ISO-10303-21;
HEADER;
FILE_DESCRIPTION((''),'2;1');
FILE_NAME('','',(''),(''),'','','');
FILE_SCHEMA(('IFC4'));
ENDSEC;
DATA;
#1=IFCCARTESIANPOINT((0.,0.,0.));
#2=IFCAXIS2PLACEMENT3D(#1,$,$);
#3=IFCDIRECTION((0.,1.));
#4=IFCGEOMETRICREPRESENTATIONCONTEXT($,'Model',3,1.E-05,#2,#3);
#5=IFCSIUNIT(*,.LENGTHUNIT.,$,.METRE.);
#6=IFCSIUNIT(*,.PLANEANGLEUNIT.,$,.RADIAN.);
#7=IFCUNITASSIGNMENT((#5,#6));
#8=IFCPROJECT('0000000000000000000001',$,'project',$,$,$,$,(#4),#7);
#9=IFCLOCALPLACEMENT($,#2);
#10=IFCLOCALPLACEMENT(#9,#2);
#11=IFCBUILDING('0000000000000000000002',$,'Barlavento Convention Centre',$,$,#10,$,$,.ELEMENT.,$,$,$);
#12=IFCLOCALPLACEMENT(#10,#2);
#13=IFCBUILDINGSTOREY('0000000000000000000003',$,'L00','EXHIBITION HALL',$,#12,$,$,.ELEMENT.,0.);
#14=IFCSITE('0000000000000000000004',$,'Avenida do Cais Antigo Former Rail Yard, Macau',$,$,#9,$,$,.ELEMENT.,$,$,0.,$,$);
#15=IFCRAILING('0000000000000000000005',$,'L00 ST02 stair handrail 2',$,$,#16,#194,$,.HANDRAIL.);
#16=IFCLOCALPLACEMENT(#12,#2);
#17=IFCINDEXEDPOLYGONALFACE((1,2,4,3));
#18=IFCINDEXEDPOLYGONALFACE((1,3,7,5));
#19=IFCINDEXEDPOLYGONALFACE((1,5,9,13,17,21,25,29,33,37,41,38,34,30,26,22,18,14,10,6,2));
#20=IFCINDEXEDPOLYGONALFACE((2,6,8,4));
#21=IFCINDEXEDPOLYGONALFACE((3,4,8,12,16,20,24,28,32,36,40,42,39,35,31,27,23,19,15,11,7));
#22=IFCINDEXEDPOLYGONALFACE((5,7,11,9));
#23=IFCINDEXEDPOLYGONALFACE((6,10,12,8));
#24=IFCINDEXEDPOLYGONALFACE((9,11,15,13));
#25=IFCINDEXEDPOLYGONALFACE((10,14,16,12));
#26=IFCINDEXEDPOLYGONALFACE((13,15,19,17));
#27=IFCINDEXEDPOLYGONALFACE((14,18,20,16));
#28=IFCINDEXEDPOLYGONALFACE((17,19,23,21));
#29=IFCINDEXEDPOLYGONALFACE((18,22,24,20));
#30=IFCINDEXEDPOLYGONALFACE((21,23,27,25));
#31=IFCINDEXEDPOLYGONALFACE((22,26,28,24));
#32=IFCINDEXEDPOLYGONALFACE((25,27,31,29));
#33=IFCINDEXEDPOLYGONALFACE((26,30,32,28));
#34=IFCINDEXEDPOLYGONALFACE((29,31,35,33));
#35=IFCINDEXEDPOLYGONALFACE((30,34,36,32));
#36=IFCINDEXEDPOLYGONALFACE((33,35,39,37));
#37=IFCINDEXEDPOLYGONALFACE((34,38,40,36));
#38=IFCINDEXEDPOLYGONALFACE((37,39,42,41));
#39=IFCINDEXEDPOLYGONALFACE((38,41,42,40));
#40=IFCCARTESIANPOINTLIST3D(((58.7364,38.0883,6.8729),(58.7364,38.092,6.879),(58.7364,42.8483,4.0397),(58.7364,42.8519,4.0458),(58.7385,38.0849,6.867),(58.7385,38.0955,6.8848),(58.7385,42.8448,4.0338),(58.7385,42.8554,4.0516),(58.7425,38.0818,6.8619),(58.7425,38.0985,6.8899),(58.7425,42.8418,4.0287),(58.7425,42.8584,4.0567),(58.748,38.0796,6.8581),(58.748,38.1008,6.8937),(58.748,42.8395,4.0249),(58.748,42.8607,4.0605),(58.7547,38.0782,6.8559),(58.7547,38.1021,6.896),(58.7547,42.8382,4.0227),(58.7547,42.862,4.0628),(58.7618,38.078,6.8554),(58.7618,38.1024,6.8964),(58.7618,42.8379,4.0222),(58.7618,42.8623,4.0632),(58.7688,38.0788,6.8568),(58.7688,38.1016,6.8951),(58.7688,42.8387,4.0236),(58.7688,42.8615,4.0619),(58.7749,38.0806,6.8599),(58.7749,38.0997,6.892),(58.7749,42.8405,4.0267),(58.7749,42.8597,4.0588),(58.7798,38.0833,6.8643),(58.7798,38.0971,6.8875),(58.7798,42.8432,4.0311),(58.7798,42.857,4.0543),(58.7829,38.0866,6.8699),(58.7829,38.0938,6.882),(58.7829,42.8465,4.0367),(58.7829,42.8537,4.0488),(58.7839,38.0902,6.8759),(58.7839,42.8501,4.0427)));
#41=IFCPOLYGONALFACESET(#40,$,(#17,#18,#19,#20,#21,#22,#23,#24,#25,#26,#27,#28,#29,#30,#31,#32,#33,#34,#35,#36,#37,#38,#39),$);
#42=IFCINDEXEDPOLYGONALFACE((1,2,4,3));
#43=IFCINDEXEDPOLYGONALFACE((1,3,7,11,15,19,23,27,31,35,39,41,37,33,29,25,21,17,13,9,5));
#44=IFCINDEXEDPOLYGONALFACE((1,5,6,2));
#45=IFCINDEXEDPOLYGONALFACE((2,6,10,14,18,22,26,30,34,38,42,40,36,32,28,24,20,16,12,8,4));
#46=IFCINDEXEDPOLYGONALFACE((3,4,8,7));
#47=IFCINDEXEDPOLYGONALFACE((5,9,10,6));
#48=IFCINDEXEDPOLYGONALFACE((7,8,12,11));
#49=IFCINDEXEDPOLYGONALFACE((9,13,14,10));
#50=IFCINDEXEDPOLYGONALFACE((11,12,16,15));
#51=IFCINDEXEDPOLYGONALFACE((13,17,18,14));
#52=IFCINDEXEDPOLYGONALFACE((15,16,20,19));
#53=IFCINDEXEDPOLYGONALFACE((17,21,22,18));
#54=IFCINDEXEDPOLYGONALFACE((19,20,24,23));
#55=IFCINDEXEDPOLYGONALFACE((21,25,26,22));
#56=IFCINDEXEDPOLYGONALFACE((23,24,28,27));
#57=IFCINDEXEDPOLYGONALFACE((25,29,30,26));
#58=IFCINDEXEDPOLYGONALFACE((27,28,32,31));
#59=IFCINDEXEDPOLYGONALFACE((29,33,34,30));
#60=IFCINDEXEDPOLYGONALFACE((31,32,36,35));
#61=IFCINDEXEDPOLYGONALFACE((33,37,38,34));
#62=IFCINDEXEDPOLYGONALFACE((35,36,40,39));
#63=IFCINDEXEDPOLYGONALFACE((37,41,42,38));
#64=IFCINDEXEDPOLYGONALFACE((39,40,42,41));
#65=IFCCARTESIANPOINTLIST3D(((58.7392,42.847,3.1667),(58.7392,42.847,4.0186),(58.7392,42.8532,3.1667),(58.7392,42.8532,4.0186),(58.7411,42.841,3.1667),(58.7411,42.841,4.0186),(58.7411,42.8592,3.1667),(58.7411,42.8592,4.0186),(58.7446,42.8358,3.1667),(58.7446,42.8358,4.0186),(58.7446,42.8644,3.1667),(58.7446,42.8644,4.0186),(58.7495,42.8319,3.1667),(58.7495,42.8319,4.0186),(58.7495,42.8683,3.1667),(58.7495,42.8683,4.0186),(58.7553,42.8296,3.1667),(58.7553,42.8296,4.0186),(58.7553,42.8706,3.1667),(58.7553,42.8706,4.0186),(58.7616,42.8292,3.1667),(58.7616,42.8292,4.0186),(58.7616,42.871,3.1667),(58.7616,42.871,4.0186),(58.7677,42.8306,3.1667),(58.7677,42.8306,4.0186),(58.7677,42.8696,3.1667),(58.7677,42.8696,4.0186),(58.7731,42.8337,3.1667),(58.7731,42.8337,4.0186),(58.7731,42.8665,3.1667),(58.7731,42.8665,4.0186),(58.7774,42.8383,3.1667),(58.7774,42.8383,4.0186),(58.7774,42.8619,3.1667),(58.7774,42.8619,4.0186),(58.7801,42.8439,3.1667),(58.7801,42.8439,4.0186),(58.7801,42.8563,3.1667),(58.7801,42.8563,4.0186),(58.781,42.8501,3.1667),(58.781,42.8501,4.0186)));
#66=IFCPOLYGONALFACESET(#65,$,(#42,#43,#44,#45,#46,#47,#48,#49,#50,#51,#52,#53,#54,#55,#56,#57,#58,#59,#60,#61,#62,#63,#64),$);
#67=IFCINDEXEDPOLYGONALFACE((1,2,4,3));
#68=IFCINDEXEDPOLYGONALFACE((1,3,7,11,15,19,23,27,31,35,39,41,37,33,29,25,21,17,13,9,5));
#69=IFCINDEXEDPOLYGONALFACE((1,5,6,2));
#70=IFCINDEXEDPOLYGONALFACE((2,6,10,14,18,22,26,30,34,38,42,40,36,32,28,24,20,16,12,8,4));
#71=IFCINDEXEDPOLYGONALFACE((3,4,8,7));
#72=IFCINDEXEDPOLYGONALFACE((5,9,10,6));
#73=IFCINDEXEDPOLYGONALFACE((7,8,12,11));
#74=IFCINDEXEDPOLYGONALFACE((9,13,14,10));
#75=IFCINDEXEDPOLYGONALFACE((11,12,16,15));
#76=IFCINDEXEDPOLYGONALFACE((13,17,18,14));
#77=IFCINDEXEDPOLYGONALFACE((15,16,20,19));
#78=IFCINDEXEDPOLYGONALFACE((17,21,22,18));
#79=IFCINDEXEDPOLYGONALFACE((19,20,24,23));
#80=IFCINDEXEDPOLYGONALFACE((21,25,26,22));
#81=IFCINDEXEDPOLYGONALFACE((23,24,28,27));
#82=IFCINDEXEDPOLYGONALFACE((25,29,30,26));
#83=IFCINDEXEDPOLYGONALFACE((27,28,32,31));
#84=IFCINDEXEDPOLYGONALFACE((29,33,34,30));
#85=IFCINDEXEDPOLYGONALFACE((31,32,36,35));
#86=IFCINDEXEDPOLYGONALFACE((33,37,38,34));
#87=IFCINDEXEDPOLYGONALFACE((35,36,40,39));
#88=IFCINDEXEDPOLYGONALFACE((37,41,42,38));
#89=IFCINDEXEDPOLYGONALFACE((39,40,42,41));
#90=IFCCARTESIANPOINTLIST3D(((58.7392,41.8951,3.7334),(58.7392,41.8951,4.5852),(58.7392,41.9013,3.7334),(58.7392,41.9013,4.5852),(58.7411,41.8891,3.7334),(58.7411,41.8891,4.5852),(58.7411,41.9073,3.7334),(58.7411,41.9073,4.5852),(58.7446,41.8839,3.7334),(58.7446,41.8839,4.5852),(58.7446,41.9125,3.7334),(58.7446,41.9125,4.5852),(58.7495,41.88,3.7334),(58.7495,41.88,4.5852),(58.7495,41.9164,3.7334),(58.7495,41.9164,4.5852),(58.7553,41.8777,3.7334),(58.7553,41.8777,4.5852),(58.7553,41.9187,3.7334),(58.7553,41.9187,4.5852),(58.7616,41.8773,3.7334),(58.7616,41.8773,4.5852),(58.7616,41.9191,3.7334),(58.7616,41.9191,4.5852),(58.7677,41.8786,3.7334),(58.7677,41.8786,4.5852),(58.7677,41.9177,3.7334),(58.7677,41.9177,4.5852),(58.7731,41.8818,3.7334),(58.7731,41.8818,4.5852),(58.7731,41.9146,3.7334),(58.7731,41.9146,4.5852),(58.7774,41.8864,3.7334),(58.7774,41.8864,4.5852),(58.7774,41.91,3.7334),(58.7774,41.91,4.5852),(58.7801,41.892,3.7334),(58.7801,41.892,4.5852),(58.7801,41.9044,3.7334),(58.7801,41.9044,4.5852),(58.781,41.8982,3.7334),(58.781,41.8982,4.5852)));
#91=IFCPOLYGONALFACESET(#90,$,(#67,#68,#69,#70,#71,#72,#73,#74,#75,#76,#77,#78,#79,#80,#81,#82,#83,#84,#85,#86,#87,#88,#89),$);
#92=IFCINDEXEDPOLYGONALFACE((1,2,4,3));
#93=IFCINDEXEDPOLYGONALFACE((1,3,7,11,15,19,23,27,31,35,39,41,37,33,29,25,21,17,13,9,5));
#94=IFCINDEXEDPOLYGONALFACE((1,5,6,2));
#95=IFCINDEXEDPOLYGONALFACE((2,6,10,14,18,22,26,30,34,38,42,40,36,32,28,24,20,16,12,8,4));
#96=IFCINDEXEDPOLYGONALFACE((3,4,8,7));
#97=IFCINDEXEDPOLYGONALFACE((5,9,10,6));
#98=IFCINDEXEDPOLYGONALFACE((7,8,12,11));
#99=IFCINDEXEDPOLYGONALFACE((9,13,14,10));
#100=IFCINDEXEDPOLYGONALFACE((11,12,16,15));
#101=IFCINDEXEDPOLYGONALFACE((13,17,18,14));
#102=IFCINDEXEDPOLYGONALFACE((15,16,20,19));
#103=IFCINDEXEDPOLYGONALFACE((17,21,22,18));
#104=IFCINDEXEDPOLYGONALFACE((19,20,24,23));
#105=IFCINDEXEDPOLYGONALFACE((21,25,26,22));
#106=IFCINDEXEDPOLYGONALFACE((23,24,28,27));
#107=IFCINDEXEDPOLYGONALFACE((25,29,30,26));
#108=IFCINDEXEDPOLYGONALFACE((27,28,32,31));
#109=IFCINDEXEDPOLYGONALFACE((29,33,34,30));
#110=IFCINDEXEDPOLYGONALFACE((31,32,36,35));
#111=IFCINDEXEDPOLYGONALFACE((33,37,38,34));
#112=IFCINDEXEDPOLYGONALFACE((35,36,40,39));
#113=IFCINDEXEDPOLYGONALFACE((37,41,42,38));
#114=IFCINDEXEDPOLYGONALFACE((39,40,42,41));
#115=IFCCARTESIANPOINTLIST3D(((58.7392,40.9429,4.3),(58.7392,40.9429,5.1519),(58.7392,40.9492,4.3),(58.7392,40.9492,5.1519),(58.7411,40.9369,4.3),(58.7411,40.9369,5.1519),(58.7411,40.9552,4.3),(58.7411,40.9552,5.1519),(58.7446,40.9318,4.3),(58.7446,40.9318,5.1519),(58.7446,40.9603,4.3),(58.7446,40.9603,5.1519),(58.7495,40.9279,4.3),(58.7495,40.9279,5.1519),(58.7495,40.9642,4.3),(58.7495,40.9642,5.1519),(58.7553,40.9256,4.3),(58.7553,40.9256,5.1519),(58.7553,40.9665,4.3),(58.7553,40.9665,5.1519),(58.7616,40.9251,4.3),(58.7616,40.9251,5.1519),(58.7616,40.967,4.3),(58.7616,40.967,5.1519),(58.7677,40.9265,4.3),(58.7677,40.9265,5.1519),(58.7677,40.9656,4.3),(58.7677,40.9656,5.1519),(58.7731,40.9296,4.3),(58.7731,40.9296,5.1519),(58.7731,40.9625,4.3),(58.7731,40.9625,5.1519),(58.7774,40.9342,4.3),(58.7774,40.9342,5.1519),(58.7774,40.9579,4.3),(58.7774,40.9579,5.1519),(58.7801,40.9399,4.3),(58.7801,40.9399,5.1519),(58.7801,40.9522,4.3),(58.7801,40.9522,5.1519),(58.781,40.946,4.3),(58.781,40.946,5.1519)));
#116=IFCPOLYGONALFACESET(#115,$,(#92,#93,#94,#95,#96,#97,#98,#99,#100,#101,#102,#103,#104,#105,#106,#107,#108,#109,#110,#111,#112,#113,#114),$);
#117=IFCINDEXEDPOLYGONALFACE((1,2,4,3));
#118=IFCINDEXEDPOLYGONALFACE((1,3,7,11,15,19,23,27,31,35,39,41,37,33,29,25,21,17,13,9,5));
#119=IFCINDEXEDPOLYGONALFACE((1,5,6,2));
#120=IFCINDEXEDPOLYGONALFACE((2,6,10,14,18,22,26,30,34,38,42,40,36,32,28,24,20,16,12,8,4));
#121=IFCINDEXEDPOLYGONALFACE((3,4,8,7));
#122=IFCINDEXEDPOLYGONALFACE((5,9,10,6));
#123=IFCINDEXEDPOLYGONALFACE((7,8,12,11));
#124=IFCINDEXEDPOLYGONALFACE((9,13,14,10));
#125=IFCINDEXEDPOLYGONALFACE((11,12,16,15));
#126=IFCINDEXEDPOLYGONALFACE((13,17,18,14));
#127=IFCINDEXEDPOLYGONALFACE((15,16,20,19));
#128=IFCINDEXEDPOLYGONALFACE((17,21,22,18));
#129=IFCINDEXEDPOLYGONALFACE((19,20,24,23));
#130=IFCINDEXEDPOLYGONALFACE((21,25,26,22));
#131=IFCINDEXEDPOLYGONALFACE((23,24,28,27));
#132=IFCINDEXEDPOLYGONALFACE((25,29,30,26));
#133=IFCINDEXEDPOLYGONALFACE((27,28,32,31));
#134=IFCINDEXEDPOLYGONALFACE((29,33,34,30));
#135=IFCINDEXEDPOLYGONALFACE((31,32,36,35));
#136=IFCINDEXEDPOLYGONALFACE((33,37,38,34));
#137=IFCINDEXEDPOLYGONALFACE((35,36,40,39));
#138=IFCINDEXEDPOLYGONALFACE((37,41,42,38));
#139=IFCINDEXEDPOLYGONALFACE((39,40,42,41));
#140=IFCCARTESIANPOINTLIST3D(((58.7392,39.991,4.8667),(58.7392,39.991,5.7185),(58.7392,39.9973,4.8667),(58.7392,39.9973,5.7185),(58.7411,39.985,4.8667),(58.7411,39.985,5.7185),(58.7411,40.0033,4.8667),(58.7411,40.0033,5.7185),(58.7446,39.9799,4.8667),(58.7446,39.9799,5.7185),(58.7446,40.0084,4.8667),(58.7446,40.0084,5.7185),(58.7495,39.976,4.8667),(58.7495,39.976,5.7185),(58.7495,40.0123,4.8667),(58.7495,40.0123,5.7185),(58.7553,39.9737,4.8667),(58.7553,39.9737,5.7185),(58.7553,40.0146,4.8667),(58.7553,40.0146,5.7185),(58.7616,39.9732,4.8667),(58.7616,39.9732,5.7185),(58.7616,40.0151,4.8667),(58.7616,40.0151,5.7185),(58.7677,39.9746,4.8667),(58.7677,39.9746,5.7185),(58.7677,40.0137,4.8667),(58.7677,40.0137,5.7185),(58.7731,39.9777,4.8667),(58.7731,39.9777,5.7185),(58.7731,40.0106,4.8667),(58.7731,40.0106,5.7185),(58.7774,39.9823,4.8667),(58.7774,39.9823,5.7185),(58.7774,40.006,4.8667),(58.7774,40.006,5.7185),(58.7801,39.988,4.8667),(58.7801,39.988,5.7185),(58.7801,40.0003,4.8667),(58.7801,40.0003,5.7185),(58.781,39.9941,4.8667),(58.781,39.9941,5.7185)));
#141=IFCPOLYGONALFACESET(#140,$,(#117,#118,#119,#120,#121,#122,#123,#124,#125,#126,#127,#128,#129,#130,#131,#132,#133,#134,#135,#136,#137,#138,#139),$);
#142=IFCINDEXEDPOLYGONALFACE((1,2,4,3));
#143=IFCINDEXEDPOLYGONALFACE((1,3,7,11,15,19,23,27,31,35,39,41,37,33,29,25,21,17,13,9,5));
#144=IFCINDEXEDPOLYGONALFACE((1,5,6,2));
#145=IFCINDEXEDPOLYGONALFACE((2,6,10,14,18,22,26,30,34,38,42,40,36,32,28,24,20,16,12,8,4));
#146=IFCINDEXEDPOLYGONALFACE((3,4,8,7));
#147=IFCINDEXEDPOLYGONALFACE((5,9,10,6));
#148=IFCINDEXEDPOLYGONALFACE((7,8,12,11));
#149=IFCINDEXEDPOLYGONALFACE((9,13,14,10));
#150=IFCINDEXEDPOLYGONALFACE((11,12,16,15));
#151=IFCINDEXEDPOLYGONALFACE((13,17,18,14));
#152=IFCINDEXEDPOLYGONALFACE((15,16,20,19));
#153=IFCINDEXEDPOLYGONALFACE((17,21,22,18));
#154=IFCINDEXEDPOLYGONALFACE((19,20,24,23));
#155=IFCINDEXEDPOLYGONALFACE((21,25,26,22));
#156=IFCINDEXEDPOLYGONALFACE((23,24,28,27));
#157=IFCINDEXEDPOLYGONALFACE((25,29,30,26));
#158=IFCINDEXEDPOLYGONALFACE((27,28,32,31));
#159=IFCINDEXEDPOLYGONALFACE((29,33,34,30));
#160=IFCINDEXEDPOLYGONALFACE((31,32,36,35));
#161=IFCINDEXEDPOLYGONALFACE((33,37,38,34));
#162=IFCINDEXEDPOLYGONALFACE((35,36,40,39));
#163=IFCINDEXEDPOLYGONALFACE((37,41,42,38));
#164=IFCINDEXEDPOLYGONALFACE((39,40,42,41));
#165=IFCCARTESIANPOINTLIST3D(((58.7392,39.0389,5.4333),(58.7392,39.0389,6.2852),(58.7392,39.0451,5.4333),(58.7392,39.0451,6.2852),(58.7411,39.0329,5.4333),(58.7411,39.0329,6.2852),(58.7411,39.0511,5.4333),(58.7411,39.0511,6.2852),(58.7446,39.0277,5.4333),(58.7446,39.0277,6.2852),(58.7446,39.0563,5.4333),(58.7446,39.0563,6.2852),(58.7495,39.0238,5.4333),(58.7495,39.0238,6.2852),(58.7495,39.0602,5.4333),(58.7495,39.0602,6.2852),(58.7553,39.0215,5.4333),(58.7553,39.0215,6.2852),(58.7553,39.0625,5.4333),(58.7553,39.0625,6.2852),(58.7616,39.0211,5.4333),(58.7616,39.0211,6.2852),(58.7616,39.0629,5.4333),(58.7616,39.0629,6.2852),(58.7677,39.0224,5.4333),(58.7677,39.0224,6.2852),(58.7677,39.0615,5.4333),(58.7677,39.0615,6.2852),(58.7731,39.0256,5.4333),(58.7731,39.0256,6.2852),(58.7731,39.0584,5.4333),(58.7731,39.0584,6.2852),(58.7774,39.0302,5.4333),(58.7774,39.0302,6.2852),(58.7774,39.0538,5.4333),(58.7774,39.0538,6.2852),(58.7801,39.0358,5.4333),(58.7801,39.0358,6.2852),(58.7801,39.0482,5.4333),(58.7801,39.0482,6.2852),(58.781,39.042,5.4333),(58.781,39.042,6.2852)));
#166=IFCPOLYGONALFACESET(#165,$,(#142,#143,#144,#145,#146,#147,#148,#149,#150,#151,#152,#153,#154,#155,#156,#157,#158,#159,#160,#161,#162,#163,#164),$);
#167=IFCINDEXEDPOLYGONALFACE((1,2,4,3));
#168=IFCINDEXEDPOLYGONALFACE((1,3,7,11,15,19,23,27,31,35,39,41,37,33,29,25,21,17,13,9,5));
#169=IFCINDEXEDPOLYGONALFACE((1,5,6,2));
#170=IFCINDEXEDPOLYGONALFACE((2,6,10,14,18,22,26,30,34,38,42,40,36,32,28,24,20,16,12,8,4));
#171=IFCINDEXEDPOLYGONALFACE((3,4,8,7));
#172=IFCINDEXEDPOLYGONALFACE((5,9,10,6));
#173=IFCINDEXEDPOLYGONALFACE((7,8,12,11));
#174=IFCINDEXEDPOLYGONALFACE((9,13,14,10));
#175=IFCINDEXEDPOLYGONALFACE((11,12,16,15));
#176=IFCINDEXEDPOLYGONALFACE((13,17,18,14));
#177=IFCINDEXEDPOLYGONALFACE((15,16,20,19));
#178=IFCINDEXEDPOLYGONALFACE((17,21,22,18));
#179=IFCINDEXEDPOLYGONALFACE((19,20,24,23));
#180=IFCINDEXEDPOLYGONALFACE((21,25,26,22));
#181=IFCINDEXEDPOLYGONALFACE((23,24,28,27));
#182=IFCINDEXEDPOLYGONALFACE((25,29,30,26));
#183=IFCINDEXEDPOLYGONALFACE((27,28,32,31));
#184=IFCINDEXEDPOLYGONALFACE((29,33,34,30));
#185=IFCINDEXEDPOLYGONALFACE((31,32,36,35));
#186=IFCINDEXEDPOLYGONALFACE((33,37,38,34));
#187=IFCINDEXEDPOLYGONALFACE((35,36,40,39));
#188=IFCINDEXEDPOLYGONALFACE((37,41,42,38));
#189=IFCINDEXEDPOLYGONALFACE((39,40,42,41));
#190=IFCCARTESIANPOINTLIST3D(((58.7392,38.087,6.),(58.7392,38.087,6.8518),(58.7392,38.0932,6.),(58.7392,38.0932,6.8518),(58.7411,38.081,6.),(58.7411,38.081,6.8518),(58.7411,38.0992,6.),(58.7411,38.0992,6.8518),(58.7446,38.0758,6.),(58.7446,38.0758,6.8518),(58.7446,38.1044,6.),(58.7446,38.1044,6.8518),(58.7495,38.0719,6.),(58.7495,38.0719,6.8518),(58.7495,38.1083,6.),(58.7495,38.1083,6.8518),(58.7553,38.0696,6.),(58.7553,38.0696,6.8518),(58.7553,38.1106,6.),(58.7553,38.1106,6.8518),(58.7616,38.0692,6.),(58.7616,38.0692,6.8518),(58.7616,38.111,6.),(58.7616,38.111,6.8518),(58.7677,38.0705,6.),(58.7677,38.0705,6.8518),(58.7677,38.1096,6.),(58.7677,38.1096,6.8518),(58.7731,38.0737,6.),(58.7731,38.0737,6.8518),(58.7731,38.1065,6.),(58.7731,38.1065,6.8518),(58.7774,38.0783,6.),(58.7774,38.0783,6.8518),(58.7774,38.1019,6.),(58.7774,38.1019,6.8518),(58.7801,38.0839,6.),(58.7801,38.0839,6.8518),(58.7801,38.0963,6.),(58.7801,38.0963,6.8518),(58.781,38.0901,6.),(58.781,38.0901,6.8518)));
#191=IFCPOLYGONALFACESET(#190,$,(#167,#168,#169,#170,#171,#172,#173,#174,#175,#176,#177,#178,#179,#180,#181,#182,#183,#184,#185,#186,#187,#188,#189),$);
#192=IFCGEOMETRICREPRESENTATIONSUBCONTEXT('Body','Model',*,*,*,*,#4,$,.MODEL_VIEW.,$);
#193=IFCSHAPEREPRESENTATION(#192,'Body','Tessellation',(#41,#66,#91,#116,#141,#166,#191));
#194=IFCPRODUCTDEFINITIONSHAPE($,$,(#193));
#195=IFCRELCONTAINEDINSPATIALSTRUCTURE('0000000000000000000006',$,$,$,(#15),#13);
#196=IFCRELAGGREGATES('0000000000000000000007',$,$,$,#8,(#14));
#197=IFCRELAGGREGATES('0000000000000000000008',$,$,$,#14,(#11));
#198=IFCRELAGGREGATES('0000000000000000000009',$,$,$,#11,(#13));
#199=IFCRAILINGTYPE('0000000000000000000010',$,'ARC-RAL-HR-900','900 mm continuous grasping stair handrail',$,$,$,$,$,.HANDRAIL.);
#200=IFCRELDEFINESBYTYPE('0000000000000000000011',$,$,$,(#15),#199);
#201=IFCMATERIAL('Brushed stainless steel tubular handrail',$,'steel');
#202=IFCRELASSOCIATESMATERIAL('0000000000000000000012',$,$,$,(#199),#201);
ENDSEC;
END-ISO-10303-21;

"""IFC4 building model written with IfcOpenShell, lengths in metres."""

from ifc_helpers import new_model, si_unit, direction, frame, origin, origin_2d, place, context, subcontext, project, spatial, circle, extrude, material, type_object, element, save


model = new_model("IFC4")

# Units and contexts
model_context = context("Model", 3, precision=1e-05, world=origin(), true_north=direction((0.0, 1.0)))
body_context = subcontext(model_context, "Body", "Model", "MODEL_VIEW")
ifc_project = project(units=[si_unit("LENGTHUNIT", "METRE"), si_unit("PLANEANGLEUNIT", "RADIAN")], contexts=[model_context])

# Site, building, storey
site_placement = place(None, origin())
site = spatial("IfcSite", under=ifc_project, at=site_placement, Name="Avenida do Cais Antigo Former Rail Yard, Macau", CompositionType="ELEMENT", RefElevation=0.0)
building_placement = place(site_placement, origin())
building = spatial("IfcBuilding", under=site, at=building_placement, Name="Barlavento Convention Centre", CompositionType="ELEMENT")
storey_placement = place(building_placement, origin())
storey = spatial("IfcBuildingStorey", under=building, at=storey_placement, Name="L00", Description="EXHIBITION HALL", CompositionType="ELEMENT", Elevation=0.0)

# Railing
ifc_material_1 = material(Name="Brushed stainless steel tubular handrail", Category="steel")
railing_type_1 = type_object("IfcRailingType", Name="ARC-RAL-HR-900", Description="900 mm continuous grasping stair handrail", PredefinedType="HANDRAIL", material=ifc_material_1)
railing_1_placement = place(storey_placement, frame((58.76, 42.8501, 3.1667)))
element("IfcRailing", 1, at=railing_1_placement, inside=storey, type_object=railing_type_1, Name="L00 ST02 stair handrail 2", PredefinedType="HANDRAIL", context=body_context, shape_type="SweptSolid", body=[
    extrude(circle(Radius=0.0239, at=origin_2d()), frame((0.0, 0.0, 0.876), z_axis=(0.0, -0.8593, 0.511472), x_axis=(1.0, 0.0, 0.0)), (0.0, 0.0, 1.0), 5.5393),
    extrude(circle(Radius=0.021, at=origin_2d()), origin(), (0.0, 0.0, 1.0), 0.8518),
    extrude(circle(Radius=0.021, at=origin_2d()), frame((0.0, -0.9519, 0.5667)), (0.0, 0.0, 1.0), 0.8518),
    extrude(circle(Radius=0.021, at=origin_2d()), frame((0.0, -1.9041, 1.1333)), (0.0, 0.0, 1.0), 0.8518),
    extrude(circle(Radius=0.021, at=origin_2d()), frame((0.0, -2.856, 1.7)), (0.0, 0.0, 1.0), 0.8518),
    extrude(circle(Radius=0.021, at=origin_2d()), frame((0.0, -3.8081, 2.2666)), (0.0, 0.0, 1.0), 0.8518),
    extrude(circle(Radius=0.021, at=origin_2d()), frame((0.0, -4.76, 2.8333)), (0.0, 0.0, 1.0), 0.8518),
])

save(model, "model.ifc")
